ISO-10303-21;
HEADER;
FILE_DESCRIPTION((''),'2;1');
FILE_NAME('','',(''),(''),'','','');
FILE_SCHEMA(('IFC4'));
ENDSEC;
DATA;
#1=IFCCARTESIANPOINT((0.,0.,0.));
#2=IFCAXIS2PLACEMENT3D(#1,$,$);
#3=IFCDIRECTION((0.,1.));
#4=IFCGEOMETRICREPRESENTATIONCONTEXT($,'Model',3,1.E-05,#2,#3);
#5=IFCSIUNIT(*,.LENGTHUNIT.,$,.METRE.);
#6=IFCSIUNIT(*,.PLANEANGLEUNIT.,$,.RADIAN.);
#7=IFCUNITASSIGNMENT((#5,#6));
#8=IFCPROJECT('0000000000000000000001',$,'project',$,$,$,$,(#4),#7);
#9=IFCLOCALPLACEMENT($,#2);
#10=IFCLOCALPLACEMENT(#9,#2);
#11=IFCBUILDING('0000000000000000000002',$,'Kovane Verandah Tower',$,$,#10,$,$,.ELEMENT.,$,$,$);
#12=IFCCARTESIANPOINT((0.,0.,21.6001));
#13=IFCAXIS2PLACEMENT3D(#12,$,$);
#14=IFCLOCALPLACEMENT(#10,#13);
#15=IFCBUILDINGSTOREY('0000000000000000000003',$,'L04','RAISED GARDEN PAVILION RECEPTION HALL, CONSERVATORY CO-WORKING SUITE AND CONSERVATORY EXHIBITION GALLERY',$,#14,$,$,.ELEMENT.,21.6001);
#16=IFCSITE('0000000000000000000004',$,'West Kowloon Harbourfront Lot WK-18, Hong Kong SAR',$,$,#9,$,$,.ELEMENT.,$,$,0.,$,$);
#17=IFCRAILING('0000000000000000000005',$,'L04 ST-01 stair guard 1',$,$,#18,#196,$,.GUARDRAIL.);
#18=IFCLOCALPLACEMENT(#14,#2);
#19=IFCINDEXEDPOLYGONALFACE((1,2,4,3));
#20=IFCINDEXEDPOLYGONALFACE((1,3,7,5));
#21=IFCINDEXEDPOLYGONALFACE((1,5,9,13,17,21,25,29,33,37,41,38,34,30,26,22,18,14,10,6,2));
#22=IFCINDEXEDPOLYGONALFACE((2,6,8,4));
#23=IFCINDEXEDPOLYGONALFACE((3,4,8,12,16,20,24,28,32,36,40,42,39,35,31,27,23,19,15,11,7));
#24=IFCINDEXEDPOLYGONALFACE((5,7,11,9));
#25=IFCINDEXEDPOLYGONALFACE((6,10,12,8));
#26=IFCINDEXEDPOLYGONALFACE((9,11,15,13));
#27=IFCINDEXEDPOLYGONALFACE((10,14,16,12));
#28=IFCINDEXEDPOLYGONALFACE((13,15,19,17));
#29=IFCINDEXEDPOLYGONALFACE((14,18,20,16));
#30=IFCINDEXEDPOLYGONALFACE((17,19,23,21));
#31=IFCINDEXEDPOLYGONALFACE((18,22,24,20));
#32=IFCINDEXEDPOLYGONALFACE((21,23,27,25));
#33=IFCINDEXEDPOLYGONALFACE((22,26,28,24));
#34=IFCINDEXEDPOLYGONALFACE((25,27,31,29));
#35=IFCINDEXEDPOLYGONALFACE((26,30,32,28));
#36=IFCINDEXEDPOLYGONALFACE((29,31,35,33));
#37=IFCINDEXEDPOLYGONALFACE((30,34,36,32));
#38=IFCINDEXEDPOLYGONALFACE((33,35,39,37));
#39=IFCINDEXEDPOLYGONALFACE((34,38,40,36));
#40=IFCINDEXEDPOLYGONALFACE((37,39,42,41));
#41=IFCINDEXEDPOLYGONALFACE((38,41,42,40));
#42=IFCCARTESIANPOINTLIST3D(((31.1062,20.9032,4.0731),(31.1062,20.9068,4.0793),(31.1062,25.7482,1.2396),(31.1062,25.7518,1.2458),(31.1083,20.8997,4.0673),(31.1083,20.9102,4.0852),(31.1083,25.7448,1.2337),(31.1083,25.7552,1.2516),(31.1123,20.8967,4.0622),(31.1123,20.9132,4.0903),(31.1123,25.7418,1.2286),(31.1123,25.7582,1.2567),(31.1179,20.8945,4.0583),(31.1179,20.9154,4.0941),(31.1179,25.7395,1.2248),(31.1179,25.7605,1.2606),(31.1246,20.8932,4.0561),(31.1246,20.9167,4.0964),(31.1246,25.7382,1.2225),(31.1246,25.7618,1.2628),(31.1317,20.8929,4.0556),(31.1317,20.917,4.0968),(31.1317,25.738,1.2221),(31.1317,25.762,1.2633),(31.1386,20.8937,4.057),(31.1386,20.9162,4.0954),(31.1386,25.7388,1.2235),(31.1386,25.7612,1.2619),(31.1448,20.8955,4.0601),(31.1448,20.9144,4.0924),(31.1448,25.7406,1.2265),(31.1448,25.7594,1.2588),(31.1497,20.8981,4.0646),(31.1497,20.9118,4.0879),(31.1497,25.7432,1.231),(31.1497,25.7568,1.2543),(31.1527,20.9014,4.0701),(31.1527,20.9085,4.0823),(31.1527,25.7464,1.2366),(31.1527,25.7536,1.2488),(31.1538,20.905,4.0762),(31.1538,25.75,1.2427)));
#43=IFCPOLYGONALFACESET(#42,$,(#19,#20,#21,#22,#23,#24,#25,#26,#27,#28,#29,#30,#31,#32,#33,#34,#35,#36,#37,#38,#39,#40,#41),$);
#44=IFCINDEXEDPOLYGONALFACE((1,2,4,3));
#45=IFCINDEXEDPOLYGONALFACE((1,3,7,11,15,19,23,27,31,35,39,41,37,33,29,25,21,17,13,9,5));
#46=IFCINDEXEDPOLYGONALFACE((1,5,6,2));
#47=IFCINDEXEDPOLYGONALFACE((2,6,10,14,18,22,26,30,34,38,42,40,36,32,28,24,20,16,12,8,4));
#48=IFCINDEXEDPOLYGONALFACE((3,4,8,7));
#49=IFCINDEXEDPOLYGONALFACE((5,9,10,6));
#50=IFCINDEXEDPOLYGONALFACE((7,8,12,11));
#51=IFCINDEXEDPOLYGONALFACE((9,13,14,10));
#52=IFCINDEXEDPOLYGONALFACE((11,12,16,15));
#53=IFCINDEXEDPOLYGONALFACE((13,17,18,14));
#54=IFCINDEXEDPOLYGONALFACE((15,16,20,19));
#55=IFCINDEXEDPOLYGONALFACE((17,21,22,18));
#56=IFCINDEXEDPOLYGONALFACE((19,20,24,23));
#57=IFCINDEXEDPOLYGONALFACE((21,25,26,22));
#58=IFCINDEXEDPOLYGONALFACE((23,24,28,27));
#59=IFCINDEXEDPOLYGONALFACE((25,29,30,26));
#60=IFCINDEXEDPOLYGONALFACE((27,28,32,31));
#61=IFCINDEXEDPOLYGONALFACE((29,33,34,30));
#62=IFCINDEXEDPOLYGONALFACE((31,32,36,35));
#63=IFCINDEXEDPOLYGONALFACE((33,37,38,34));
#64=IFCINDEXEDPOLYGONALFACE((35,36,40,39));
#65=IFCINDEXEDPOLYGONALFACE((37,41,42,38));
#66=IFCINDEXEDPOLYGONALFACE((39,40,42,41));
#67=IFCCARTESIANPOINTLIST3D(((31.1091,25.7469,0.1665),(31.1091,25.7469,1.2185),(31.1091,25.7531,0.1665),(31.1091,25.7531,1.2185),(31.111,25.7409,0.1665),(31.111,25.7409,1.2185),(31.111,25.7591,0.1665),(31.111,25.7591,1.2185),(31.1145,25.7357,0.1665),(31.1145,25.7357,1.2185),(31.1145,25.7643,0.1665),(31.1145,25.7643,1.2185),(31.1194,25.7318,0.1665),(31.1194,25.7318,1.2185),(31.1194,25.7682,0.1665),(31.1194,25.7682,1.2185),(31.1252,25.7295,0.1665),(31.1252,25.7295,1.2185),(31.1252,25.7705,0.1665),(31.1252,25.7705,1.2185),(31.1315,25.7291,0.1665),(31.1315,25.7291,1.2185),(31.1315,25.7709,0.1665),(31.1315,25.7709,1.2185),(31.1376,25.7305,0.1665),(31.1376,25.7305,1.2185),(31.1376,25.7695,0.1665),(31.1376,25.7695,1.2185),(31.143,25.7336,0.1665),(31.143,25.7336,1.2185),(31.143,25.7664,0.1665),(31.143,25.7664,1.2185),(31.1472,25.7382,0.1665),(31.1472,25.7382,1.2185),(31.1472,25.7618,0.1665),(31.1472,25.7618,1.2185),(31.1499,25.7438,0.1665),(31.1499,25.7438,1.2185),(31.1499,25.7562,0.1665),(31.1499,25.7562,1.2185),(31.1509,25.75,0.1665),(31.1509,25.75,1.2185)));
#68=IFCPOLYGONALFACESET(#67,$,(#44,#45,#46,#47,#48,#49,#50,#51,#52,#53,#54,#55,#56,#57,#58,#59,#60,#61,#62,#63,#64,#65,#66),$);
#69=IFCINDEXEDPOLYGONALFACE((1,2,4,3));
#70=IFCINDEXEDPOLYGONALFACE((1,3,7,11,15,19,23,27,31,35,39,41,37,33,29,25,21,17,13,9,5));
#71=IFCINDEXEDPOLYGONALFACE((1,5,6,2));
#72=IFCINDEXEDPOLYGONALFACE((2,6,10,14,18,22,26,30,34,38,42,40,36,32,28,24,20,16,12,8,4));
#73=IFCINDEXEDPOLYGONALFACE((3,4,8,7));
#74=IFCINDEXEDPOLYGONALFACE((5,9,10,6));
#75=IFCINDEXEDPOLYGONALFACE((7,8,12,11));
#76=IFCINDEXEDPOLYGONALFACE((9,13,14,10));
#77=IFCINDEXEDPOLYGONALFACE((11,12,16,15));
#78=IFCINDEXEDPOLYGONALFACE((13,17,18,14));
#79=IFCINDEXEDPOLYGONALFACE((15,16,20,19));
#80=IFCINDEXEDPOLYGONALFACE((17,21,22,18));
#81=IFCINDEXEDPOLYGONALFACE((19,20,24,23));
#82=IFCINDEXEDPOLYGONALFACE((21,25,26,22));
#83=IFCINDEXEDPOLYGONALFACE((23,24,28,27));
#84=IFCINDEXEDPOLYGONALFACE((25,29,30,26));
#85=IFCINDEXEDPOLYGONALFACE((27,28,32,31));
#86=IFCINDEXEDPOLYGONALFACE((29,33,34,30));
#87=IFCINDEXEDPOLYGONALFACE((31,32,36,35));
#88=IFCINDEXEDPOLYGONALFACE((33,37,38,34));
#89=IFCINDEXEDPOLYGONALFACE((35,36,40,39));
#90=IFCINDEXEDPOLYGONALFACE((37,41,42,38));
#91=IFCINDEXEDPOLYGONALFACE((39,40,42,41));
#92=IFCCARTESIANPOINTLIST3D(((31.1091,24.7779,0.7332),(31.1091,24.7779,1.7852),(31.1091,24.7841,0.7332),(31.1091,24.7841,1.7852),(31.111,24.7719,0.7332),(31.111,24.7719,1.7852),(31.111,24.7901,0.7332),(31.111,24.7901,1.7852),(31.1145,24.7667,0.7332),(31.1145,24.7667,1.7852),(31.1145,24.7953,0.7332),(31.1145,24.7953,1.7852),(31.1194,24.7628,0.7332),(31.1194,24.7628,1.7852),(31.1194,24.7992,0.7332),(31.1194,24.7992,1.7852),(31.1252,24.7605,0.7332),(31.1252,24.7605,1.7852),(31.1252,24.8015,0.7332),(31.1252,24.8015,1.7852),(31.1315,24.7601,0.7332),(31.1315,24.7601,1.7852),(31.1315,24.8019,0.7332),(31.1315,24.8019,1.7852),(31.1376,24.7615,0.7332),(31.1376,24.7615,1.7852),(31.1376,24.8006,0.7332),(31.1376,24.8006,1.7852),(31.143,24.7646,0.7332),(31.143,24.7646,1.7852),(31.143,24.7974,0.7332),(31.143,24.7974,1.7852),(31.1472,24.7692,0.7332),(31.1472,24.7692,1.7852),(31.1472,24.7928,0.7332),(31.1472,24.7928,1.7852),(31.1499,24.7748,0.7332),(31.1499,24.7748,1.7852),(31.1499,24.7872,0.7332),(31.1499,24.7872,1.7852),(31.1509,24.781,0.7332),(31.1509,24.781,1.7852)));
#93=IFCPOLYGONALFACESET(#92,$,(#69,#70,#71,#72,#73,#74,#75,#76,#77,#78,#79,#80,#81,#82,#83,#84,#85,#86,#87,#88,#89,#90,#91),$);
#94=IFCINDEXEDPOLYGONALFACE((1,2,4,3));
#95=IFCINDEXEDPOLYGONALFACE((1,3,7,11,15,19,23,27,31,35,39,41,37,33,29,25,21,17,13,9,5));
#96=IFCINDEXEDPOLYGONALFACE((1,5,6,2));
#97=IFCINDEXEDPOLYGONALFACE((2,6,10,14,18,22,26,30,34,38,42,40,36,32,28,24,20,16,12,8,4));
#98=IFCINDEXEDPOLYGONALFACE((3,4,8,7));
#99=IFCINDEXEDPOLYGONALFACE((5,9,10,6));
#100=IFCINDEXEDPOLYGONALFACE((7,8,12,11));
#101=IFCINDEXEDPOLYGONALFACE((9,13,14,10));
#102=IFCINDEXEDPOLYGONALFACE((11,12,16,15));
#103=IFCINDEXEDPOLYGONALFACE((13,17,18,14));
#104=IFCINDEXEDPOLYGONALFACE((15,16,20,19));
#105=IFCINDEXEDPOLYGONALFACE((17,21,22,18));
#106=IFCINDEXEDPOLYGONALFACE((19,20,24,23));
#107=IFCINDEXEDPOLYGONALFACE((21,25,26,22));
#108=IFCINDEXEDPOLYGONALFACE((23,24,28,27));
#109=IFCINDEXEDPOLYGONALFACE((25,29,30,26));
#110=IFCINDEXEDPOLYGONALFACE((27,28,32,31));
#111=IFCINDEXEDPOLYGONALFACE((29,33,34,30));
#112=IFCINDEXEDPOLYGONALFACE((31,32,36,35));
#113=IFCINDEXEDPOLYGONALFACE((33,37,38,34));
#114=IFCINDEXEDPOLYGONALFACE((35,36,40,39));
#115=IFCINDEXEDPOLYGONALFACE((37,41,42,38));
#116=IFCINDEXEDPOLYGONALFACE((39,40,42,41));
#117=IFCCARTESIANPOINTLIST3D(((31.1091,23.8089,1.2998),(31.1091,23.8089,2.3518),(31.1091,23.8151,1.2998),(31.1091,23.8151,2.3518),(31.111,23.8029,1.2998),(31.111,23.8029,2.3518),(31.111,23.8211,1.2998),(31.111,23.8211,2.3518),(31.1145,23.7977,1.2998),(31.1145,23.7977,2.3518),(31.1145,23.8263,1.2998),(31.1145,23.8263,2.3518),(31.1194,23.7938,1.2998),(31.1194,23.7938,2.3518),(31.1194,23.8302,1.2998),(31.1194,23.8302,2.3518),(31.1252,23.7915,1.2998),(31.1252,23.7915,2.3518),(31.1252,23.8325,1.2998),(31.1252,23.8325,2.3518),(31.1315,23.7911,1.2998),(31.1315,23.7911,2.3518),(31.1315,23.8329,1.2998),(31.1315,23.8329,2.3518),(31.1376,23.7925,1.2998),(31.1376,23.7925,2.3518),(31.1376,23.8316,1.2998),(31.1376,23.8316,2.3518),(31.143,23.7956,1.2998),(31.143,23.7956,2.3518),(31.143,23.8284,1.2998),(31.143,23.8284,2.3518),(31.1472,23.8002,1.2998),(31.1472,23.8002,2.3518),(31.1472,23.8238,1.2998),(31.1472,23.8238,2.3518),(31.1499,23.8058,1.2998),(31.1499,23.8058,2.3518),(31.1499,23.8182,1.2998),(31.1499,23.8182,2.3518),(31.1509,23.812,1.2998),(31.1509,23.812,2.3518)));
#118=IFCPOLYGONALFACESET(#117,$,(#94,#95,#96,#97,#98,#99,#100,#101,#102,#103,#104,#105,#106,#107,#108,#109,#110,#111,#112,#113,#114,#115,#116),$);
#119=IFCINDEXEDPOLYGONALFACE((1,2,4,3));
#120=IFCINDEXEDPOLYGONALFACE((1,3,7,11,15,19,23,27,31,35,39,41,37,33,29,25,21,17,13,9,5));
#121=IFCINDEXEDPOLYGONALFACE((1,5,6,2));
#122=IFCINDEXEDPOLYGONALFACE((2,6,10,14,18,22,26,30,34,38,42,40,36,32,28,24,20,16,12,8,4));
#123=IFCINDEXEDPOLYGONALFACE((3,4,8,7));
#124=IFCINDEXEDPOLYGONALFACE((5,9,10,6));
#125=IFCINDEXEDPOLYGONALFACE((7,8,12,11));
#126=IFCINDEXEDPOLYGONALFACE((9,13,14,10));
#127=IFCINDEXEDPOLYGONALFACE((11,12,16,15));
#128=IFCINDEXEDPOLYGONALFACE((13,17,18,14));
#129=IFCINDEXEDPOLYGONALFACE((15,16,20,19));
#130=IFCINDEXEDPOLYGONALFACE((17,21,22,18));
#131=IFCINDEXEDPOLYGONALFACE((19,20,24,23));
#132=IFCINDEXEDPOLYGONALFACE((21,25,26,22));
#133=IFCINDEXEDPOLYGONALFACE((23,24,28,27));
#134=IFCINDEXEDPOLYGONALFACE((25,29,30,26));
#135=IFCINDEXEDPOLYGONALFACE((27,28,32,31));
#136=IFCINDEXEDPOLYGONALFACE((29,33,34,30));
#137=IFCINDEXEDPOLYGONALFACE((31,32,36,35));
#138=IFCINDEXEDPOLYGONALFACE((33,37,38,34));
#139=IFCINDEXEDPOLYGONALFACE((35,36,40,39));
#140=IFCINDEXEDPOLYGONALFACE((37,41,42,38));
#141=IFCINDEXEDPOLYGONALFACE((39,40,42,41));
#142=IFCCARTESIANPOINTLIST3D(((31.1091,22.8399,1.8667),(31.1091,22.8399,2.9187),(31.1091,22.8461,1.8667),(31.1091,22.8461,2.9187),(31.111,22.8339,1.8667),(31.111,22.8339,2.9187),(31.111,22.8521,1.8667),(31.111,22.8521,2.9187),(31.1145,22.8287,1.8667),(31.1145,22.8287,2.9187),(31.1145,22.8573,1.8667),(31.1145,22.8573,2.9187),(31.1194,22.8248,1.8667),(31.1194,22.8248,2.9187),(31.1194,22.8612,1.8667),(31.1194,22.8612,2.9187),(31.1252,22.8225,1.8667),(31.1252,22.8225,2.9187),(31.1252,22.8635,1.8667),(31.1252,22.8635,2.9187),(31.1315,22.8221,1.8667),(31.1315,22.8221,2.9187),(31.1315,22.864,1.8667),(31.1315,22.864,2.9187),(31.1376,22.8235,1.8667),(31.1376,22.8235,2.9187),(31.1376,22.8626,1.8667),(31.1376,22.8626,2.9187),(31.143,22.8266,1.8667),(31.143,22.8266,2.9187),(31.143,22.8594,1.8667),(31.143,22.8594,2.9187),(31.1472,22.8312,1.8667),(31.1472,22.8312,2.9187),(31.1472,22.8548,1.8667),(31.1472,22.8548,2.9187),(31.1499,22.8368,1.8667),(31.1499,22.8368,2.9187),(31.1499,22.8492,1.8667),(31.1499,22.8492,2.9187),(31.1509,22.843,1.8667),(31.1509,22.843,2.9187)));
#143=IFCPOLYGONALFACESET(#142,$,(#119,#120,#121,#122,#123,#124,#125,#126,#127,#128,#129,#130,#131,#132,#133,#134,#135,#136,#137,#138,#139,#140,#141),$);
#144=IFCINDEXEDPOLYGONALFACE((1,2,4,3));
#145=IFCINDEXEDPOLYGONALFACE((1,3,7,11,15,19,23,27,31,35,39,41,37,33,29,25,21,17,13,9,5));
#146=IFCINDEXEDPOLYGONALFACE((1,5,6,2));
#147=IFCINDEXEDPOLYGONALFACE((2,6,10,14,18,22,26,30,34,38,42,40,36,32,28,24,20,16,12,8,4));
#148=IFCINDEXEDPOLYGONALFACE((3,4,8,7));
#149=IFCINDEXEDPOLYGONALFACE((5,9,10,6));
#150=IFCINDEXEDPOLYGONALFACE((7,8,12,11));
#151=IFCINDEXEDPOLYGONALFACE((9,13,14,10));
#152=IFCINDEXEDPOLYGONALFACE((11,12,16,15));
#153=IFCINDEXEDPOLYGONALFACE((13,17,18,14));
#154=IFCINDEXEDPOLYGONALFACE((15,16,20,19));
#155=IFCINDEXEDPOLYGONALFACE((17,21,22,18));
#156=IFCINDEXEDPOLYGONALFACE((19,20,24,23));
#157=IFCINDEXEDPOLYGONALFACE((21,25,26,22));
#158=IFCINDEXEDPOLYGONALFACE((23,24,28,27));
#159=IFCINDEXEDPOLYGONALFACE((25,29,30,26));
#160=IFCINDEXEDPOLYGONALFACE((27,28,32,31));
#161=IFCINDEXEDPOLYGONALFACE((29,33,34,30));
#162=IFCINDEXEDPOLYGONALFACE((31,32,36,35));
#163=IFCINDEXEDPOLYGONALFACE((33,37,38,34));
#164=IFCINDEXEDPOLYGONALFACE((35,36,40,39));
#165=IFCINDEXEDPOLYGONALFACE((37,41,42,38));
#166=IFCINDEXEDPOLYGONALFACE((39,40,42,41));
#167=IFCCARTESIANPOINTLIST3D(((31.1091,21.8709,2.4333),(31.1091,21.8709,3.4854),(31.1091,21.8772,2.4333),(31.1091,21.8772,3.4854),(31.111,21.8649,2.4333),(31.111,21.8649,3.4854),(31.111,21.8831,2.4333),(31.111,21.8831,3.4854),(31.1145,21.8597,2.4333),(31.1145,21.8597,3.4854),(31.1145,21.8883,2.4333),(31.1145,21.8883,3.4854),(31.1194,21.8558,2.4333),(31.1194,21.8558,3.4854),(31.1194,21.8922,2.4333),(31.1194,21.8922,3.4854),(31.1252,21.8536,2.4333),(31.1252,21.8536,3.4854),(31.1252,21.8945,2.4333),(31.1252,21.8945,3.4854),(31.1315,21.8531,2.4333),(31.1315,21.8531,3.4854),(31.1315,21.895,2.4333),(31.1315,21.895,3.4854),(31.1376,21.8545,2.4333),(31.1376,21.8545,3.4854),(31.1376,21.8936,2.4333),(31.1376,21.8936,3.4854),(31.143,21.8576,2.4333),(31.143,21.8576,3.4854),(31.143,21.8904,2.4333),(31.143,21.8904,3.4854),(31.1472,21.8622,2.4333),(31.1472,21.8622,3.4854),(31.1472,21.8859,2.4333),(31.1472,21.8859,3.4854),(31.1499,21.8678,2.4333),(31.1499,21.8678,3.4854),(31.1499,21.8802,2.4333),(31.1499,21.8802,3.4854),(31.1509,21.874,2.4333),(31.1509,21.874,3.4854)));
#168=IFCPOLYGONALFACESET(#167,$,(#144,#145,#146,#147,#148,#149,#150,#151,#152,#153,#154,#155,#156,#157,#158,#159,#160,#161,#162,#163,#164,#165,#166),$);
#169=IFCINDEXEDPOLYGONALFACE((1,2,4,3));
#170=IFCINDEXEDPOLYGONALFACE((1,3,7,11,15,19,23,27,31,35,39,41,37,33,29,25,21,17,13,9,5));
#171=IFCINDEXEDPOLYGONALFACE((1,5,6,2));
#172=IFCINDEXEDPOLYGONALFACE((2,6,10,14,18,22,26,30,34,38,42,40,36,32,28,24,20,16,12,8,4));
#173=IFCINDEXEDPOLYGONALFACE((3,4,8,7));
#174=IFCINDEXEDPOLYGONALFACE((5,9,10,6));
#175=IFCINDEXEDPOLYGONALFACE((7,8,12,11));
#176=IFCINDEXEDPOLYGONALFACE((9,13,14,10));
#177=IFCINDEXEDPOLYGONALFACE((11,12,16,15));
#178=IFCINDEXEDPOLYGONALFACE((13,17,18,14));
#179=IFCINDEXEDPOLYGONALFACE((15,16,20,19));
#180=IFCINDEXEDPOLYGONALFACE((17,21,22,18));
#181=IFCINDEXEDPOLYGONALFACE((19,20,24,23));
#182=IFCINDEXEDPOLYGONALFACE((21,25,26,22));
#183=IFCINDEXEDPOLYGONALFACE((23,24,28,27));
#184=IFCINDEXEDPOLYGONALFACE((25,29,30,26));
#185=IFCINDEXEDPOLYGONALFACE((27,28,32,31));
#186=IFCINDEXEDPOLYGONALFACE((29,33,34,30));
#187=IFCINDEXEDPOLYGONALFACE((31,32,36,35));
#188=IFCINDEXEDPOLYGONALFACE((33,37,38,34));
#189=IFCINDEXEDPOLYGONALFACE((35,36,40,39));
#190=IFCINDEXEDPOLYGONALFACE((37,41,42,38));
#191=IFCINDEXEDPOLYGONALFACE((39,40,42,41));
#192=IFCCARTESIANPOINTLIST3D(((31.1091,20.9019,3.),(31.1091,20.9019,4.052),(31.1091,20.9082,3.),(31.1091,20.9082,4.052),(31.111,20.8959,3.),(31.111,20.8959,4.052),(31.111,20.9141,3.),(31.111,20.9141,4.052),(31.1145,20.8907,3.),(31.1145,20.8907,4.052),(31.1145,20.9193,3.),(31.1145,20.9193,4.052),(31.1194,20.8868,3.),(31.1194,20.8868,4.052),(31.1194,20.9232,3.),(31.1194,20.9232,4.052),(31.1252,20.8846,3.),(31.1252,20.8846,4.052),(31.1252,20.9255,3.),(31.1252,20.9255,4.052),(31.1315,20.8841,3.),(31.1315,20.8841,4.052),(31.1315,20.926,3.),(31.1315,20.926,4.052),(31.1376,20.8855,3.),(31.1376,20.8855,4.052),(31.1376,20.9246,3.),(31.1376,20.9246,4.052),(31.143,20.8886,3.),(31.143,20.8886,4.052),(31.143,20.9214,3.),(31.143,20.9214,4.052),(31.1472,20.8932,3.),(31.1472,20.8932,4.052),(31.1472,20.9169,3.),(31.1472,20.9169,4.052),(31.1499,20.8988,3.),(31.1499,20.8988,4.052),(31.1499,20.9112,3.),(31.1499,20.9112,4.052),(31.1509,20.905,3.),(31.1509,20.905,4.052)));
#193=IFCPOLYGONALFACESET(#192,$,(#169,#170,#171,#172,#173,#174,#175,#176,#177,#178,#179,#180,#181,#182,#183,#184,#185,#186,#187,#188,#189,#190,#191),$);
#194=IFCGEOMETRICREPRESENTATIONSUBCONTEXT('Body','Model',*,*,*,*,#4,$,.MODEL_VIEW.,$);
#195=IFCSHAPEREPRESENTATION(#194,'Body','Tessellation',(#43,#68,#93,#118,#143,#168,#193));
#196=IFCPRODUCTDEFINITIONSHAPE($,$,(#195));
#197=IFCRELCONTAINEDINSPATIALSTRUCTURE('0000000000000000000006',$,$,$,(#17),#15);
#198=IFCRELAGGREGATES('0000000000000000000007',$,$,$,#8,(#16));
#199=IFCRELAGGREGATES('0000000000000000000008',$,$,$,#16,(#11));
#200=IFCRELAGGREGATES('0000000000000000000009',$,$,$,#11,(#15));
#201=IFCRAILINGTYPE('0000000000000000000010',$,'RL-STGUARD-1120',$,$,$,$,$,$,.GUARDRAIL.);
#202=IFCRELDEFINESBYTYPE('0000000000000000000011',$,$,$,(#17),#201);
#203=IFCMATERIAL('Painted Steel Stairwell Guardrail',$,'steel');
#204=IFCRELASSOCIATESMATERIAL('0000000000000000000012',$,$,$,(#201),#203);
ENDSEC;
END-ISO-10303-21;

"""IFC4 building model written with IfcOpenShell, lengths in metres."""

from ifc_helpers import new_model, si_unit, direction, frame, origin, origin_2d, place, context, subcontext, project, spatial, circle, extrude, material, type_object, element, save


model = new_model("IFC4")

# Units and contexts
model_context = context("Model", 3, precision=1e-05, world=origin(), true_north=direction((0.0, 1.0)))
body_context = subcontext(model_context, "Body", "Model", "MODEL_VIEW")
ifc_project = project(units=[si_unit("LENGTHUNIT", "METRE"), si_unit("PLANEANGLEUNIT", "RADIAN")], contexts=[model_context])

# Site, building, storey
site_placement = place(None, origin())
site = spatial("IfcSite", under=ifc_project, at=site_placement, Name="West Kowloon Harbourfront Lot WK-18, Hong Kong SAR", CompositionType="ELEMENT", RefElevation=0.0)
building_placement = place(site_placement, origin())
building = spatial("IfcBuilding", under=site, at=building_placement, Name="Kovane Verandah Tower", CompositionType="ELEMENT")
storey_placement = place(building_placement, frame((0.0, 0.0, 21.6001)))
storey = spatial("IfcBuildingStorey", under=building, at=storey_placement, Name="L04", Description="RAISED GARDEN PAVILION RECEPTION HALL, CONSERVATORY CO-WORKING SUITE AND CONSERVATORY EXHIBITION GALLERY", CompositionType="ELEMENT", Elevation=21.6001)

# Railing
ifc_material_1 = material(Name="Painted Steel Stairwell Guardrail", Category="steel")
railing_type = type_object("IfcRailingType", Name="RL-STGUARD-1120", PredefinedType="GUARDRAIL", material=ifc_material_1)
railing_1_placement = place(storey_placement, frame((31.1299, 25.75, 0.1665)))
element("IfcRailing", 1, at=railing_1_placement, inside=storey, type_object=railing_type, Name="L04 ST-01 stair guard 1", PredefinedType="GUARDRAIL", context=body_context, shape_type="SweptSolid", body=[
    extrude(circle(Radius=0.0239, at=origin_2d()), frame((0.0, 0.0, 1.0762), z_axis=(0.0, -0.863215, 0.504836), x_axis=(1.0, 0.0, 0.0)), (0.0, 0.0, 1.0), 5.6128),
    extrude(circle(Radius=0.021, at=origin_2d()), origin(), (0.0, 0.0, 1.0), 1.052),
    extrude(circle(Radius=0.021, at=origin_2d()), frame((0.0, -0.969, 0.5667)), (0.0, 0.0, 1.0), 1.052),
    extrude(circle(Radius=0.021, at=origin_2d()), frame((0.0, -1.938, 1.1333)), (0.0, 0.0, 1.0), 1.052),
    extrude(circle(Radius=0.021, at=origin_2d()), frame((0.0, -2.907, 1.7002)), (0.0, 0.0, 1.0), 1.052),
    extrude(circle(Radius=0.021, at=origin_2d()), frame((0.0, -3.876, 2.2668)), (0.0, 0.0, 1.0), 1.052),
    extrude(circle(Radius=0.021, at=origin_2d()), frame((0.0, -4.845, 2.8335)), (0.0, 0.0, 1.0), 1.052),
])

save(model, "model.ifc")
